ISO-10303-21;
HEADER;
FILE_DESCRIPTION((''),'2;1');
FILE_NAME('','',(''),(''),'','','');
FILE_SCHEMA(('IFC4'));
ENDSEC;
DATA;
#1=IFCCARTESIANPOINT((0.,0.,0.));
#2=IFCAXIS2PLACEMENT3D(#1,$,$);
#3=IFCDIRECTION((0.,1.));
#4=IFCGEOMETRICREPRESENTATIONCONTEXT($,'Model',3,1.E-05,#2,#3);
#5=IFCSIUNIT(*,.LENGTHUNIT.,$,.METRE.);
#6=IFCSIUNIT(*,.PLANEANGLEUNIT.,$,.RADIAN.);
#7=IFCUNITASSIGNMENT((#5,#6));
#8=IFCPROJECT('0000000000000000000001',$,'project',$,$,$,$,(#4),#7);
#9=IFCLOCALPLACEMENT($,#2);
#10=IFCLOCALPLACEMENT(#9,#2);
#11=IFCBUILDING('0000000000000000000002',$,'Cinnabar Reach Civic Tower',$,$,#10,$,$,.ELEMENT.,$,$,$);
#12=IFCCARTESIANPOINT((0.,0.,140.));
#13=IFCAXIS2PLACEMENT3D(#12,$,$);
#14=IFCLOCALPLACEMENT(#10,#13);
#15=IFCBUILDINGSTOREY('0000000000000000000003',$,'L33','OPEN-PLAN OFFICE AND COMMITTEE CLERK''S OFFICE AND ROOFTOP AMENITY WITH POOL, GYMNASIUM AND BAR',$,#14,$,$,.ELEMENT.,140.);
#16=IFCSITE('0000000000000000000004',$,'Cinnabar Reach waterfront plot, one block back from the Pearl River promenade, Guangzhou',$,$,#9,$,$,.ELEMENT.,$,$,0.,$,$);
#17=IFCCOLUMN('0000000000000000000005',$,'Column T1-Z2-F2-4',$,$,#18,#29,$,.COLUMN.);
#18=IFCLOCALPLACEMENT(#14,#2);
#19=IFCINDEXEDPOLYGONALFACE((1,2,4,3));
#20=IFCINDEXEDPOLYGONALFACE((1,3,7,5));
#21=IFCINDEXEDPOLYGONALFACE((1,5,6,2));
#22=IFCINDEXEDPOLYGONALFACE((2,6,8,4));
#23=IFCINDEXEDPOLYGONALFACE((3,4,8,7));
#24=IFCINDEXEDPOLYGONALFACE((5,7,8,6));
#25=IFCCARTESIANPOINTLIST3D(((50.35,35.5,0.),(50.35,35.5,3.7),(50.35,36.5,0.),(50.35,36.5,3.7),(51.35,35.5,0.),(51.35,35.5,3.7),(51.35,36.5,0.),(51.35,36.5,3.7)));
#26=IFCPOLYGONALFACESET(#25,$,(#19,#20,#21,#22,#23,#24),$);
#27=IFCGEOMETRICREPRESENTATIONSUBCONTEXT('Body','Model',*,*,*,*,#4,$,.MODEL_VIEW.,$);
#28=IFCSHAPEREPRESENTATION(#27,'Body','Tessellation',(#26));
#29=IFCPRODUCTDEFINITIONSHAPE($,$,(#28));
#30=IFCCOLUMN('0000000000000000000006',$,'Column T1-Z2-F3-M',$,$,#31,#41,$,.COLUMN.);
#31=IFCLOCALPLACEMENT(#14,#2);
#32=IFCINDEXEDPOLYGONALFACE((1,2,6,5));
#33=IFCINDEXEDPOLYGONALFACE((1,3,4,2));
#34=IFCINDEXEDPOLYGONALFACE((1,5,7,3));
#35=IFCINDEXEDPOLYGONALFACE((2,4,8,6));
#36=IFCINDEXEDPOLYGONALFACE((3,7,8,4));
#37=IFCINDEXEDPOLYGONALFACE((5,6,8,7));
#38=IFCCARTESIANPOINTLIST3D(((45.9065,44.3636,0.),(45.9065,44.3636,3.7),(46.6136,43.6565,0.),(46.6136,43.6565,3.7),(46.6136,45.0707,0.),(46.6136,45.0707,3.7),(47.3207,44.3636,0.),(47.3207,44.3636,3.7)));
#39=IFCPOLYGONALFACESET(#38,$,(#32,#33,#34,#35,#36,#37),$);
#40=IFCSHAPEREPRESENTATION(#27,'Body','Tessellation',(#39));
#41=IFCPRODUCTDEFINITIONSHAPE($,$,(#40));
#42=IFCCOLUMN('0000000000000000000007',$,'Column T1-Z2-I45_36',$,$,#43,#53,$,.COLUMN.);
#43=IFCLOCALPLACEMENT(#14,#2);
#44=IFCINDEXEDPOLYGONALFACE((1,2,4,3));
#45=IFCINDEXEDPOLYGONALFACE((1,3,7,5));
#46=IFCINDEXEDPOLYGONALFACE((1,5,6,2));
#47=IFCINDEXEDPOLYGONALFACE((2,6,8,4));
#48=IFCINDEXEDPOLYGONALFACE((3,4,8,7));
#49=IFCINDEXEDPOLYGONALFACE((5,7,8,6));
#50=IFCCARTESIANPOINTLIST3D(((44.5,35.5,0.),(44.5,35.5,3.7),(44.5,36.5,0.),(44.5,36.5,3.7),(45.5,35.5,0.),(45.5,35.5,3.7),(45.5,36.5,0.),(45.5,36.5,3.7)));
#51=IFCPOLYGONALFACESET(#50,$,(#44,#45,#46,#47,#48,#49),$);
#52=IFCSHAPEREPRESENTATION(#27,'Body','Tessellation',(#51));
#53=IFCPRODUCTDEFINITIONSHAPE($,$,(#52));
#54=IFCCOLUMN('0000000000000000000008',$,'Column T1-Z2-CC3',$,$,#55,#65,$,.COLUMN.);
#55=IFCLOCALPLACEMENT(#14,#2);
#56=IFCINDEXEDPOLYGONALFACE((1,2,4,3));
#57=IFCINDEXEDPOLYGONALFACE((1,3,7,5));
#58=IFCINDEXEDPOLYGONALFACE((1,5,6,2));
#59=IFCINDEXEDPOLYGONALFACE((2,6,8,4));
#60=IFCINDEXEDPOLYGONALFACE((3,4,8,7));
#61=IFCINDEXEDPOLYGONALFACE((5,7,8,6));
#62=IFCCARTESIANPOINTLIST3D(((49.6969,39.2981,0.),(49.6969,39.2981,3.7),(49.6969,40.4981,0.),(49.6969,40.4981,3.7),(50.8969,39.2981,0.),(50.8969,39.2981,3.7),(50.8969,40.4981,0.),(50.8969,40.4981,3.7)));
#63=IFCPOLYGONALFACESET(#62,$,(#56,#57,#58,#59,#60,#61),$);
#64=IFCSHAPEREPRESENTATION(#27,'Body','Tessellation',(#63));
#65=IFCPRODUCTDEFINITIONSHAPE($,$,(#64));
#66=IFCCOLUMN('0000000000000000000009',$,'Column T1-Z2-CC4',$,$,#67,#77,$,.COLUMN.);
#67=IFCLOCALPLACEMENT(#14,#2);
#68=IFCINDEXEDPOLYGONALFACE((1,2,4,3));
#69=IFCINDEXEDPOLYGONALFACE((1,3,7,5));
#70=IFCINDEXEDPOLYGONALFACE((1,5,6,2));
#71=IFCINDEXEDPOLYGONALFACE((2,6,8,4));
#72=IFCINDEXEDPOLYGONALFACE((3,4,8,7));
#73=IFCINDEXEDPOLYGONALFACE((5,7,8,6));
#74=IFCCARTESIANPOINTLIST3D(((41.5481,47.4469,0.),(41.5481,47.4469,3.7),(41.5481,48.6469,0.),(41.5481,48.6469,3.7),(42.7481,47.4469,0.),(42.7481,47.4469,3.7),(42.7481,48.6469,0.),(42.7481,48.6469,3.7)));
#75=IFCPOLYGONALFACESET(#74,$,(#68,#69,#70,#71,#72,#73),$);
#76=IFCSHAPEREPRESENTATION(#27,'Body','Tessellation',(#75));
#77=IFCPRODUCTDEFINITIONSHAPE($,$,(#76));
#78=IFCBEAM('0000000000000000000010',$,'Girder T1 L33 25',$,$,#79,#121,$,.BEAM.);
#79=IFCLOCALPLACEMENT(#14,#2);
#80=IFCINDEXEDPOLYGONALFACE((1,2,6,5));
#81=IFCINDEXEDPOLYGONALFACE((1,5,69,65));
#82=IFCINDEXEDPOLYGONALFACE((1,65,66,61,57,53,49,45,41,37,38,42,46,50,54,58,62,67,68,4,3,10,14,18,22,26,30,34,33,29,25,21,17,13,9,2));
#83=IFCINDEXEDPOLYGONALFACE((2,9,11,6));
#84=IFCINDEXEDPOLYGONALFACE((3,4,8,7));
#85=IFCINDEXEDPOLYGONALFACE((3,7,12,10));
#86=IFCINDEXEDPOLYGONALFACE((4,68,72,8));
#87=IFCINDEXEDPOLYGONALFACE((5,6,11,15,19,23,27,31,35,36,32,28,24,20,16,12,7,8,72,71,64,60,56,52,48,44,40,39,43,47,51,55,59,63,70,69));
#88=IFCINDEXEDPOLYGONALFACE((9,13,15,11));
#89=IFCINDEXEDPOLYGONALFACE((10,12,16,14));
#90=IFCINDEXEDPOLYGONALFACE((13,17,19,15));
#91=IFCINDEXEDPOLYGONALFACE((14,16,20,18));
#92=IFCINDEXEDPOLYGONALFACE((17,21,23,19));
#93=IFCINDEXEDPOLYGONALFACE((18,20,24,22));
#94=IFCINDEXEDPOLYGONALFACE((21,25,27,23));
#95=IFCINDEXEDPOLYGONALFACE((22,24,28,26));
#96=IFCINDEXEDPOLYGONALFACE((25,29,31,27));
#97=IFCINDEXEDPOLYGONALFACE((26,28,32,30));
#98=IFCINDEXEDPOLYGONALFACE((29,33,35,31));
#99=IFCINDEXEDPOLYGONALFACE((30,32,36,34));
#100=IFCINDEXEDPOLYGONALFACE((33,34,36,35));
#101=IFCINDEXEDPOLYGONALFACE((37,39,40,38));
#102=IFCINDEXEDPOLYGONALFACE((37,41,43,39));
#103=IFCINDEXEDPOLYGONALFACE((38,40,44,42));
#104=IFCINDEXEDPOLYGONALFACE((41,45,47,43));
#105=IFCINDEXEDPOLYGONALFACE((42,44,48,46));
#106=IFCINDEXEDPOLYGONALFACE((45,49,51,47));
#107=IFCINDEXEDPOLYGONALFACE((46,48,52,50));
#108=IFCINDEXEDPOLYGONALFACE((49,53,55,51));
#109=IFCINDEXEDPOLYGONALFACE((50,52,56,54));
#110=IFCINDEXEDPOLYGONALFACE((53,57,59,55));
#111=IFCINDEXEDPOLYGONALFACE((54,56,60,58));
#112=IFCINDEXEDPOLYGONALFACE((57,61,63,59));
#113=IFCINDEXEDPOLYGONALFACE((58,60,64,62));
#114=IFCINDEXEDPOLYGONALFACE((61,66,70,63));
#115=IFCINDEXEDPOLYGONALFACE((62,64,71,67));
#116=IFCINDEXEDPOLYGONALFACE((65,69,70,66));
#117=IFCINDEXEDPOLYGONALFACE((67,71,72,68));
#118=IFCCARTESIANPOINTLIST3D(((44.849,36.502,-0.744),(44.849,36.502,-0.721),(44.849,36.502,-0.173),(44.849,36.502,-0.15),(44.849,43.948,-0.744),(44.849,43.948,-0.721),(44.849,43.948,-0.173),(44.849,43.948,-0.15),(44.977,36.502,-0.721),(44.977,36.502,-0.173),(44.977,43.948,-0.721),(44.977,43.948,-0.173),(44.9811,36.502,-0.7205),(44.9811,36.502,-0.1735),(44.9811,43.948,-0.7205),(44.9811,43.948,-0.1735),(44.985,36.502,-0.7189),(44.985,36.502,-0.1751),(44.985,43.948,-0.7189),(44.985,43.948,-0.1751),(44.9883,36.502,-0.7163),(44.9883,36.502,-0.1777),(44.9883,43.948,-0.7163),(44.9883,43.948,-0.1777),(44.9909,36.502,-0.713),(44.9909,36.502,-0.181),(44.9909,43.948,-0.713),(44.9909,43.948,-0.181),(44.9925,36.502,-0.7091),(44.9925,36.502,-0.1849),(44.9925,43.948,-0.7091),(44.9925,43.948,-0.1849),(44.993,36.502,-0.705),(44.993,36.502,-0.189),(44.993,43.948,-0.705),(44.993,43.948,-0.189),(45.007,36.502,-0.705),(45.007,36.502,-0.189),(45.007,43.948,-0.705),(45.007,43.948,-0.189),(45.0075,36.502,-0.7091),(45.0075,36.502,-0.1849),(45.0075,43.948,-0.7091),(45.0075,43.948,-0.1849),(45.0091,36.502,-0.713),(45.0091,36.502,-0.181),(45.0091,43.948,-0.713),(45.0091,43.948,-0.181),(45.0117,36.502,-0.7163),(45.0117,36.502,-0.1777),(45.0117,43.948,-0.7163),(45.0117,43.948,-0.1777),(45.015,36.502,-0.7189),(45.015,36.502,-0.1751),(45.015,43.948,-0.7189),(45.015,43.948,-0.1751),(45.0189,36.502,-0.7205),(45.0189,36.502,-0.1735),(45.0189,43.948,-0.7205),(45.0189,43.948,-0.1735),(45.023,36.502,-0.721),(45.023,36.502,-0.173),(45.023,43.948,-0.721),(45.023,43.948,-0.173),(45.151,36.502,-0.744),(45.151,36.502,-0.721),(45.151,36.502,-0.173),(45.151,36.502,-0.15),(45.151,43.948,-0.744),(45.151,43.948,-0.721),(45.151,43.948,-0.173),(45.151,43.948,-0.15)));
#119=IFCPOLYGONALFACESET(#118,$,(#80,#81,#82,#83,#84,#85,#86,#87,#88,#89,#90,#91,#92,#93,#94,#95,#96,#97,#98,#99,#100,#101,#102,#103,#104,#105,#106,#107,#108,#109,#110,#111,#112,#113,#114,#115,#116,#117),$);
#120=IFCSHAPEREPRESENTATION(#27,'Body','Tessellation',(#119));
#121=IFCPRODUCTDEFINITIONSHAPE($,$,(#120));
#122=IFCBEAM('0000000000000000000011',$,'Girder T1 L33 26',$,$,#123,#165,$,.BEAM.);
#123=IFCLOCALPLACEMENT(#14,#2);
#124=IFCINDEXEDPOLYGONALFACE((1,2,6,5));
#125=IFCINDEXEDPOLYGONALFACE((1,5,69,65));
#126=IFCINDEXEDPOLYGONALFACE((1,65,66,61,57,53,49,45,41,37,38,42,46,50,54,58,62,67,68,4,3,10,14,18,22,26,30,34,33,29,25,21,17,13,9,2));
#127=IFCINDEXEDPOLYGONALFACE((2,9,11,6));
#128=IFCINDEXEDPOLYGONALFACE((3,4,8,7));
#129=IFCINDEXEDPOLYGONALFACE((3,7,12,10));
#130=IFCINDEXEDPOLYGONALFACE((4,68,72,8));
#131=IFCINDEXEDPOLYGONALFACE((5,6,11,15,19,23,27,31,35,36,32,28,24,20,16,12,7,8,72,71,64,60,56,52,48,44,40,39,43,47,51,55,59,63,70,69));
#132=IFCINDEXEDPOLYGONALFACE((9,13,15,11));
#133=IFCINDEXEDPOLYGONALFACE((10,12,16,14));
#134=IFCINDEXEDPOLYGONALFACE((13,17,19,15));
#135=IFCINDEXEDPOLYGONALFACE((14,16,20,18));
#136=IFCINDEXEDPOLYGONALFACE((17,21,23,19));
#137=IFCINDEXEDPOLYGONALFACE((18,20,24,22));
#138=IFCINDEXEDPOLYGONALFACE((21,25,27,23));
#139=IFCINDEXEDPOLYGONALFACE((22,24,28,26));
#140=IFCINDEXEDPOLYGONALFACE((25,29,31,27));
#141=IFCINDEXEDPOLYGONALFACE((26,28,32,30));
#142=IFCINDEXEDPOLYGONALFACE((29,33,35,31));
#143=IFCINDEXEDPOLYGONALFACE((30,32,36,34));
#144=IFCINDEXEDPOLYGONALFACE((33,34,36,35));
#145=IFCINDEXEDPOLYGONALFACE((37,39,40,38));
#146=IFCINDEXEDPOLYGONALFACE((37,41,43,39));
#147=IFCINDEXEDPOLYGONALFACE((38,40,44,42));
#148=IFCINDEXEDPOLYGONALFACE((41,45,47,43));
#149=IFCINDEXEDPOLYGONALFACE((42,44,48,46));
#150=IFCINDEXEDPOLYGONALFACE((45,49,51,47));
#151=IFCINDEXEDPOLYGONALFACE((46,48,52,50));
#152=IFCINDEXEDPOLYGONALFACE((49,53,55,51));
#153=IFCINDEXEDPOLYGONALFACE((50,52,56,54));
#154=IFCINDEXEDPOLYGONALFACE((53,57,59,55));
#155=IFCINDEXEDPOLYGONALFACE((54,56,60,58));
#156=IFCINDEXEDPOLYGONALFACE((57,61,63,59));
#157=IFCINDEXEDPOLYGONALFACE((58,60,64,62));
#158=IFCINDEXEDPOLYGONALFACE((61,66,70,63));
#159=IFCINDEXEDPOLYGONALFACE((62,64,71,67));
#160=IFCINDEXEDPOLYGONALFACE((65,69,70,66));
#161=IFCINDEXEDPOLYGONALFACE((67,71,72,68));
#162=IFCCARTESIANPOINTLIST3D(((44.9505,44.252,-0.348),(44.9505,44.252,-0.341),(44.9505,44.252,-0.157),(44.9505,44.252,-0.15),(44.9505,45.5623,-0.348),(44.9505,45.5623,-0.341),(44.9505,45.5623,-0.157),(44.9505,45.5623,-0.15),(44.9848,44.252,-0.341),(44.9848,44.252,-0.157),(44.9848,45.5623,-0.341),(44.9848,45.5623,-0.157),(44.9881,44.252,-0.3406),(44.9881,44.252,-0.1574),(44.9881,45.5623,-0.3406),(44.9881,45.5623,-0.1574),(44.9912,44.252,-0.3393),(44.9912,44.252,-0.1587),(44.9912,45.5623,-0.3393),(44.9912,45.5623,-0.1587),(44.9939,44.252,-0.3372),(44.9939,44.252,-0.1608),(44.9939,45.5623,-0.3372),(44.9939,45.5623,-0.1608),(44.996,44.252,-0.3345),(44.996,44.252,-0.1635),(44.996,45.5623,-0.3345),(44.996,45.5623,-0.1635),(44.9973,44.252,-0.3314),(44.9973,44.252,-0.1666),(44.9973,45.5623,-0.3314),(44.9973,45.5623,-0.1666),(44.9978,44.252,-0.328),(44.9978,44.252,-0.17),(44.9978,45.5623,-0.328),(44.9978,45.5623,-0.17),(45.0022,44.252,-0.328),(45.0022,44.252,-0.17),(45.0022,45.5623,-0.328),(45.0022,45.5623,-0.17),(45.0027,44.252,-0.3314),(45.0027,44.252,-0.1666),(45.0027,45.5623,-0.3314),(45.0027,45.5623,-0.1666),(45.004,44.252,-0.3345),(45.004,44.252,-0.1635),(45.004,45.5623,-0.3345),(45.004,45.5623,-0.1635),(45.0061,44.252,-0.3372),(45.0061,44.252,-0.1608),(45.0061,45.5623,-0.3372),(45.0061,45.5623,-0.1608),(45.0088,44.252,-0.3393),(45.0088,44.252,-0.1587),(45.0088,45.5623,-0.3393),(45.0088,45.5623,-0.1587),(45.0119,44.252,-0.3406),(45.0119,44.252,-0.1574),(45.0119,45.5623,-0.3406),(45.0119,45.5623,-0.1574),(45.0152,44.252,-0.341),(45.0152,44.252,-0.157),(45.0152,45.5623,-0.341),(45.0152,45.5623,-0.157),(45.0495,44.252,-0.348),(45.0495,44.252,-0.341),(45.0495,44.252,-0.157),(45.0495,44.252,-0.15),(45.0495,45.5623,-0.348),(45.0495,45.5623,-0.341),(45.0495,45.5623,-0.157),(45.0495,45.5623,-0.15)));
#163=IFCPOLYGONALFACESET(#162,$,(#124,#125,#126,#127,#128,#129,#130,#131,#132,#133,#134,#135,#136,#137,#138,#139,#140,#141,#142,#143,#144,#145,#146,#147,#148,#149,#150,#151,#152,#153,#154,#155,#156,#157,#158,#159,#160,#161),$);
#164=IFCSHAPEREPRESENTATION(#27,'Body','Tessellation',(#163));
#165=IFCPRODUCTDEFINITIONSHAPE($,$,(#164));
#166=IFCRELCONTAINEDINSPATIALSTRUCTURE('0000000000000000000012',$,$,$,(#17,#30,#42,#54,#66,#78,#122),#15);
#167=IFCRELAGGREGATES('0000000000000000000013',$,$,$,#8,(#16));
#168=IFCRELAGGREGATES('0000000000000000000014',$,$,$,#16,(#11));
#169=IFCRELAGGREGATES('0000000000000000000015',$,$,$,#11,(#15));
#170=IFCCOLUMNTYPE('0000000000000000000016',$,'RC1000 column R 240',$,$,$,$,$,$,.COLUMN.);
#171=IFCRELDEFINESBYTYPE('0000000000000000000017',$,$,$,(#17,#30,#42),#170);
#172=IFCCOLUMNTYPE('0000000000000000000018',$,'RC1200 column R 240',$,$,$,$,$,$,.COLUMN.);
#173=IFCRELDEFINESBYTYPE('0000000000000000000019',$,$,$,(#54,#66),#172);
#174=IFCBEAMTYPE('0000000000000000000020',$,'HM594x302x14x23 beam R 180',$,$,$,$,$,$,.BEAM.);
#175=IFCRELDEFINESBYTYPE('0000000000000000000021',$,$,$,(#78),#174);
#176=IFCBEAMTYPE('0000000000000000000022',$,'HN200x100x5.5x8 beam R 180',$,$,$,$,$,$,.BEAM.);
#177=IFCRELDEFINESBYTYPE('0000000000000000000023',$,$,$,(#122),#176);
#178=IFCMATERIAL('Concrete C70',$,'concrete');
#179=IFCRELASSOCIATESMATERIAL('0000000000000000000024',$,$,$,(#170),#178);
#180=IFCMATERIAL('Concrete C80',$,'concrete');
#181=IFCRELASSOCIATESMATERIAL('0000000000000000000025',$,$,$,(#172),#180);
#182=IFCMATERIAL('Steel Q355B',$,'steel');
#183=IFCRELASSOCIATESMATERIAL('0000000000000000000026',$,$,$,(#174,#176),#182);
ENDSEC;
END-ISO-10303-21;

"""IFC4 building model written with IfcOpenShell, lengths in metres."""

from ifc_helpers import new_model, si_unit, direction, frame, origin, origin_2d, place, context, subcontext, project, spatial, rectangle, i_section, extrude, material, material_profile, profile_set, type_object, element, save


model = new_model("IFC4")

# Units and contexts
model_context = context("Model", 3, precision=1e-05, world=origin(), true_north=direction((0.0, 1.0)))
body_context = subcontext(model_context, "Body", "Model", "MODEL_VIEW")
ifc_project = project(units=[si_unit("LENGTHUNIT", "METRE"), si_unit("PLANEANGLEUNIT", "RADIAN")], contexts=[model_context])

# Site, building, storey
site_placement = place(None, origin())
site = spatial("IfcSite", under=ifc_project, at=site_placement, Name="Cinnabar Reach waterfront plot, one block back from the Pearl River promenade, Guangzhou", CompositionType="ELEMENT", RefElevation=0.0)
building_placement = place(site_placement, origin())
building = spatial("IfcBuilding", under=site, at=building_placement, Name="Cinnabar Reach Civic Tower", CompositionType="ELEMENT")
storey_placement = place(building_placement, frame((0.0, 0.0, 140.0)))
storey = spatial("IfcBuildingStorey", under=building, at=storey_placement, Name="L33", Description="OPEN-PLAN OFFICE AND COMMITTEE CLERK'S OFFICE AND ROOFTOP AMENITY WITH POOL, GYMNASIUM AND BAR", CompositionType="ELEMENT", Elevation=140.0)

# Columns
ifc_material_1 = material(Name="Concrete C70", Category="concrete")
ifc_material_profile_1 = material_profile(ifc_material_1, rectangle(XDim=1.0, YDim=1.0, at=origin_2d()), Name="RC1000")
ifc_profile_set_1 = profile_set([ifc_material_profile_1], Name="Concrete C70")
column_type_1 = type_object("IfcColumnType", Name="RC1000 column R 240", PredefinedType="COLUMN", material=ifc_profile_set_1)
for number, where, z_axis, x_axis, name in (
    (1, (50.85, 36.0, 0.0), (0.0, 0.0, 1.0), (1.0, 0.0, 0.0), "Column T1-Z2-F2-4"),
    (2, (46.6136, 44.3636, 0.0), (0.0, 0.0, 1.0), (0.707107, 0.707107, 0.0), "Column T1-Z2-F3-M"),
    (3, (45.0, 36.0, 0.0), (0.0, 0.0, 1.0), (1.0, 0.0, 0.0), "Column T1-Z2-I45_36"),
):
    element("IfcColumn", number, at=place(storey_placement, frame(where, z_axis=z_axis, x_axis=x_axis)), inside=storey, type_object=column_type_1, Name=name, PredefinedType="COLUMN", context=body_context, shape_type="SweptSolid", body=[
        extrude(rectangle(XDim=1.0, YDim=1.0, at=origin_2d()), origin(), (0.0, 0.0, 1.0), 3.7),
    ])
ifc_material_2 = material(Name="Concrete C80", Category="concrete")
ifc_material_profile_2 = material_profile(ifc_material_2, rectangle(XDim=1.2, YDim=1.2, at=origin_2d()), Name="RC1200")
ifc_profile_set_2 = profile_set([ifc_material_profile_2], Name="Concrete C80")
column_type_2 = type_object("IfcColumnType", Name="RC1200 column R 240", PredefinedType="COLUMN", material=ifc_profile_set_2)
for number, where, z_axis, x_axis, name in (
    (4, (50.2969, 39.8981, 0.0), (0.0, 0.0, 1.0), (1.0, 0.0, 0.0), "Column T1-Z2-CC3"),
    (5, (42.1481, 48.0469, 0.0), (0.0, 0.0, 1.0), (1.0, 0.0, 0.0), "Column T1-Z2-CC4"),
):
    element("IfcColumn", number, at=place(storey_placement, frame(where, z_axis=z_axis, x_axis=x_axis)), inside=storey, type_object=column_type_2, Name=name, PredefinedType="COLUMN", context=body_context, shape_type="SweptSolid", body=[
        extrude(rectangle(XDim=1.2, YDim=1.2, at=origin_2d()), origin(), (0.0, 0.0, 1.0), 3.7),
    ])

# Beams
ifc_material_3 = material(Name="Steel Q355B", Category="steel")
ifc_material_profile_3 = material_profile(ifc_material_3, i_section(OverallWidth=0.302, OverallDepth=0.594, WebThickness=0.014, FlangeThickness=0.023, FilletRadius=0.016, at=origin_2d()), Name="HM594x302x14x23")
ifc_profile_set_3 = profile_set([ifc_material_profile_3], Name="Steel Q355B")
beam_type_1 = type_object("IfcBeamType", Name="HM594x302x14x23 beam R 180", PredefinedType="BEAM", material=ifc_profile_set_3)
beam_1_placement = place(storey_placement, frame((45.0, 36.502, -0.447), z_axis=(0.0, 1.0, 0.0), x_axis=(-1.0, 0.0, 0.0)))
element("IfcBeam", 6, at=beam_1_placement, inside=storey, type_object=beam_type_1, Name="Girder T1 L33 25", PredefinedType="BEAM", context=body_context, shape_type="SweptSolid", body=[
    extrude(i_section(OverallWidth=0.302, OverallDepth=0.594, WebThickness=0.014, FlangeThickness=0.023, FilletRadius=0.016, at=origin_2d()), origin(), (0.0, 0.0, 1.0), 7.446),
])
ifc_material_profile_4 = material_profile(ifc_material_3, i_section(OverallWidth=0.099, OverallDepth=0.198, WebThickness=0.0045, FlangeThickness=0.007, FilletRadius=0.013, at=origin_2d()), Name="HN200x100x5.5x8")
ifc_profile_set_4 = profile_set([ifc_material_profile_4], Name="Steel Q355B")
beam_type_2 = type_object("IfcBeamType", Name="HN200x100x5.5x8 beam R 180", PredefinedType="BEAM", material=ifc_profile_set_4)
beam_2_placement = place(storey_placement, frame((45.0, 44.252, -0.249), z_axis=(0.0, 1.0, 0.0), x_axis=(-1.0, 0.0, 0.0)))
element("IfcBeam", 7, at=beam_2_placement, inside=storey, type_object=beam_type_2, Name="Girder T1 L33 26", PredefinedType="BEAM", context=body_context, shape_type="SweptSolid", body=[
    extrude(i_section(OverallWidth=0.099, OverallDepth=0.198, WebThickness=0.0045, FlangeThickness=0.007, FilletRadius=0.013, at=origin_2d()), origin(), (0.0, 0.0, 1.0), 1.3103),
])

save(model, "model.ifc")
